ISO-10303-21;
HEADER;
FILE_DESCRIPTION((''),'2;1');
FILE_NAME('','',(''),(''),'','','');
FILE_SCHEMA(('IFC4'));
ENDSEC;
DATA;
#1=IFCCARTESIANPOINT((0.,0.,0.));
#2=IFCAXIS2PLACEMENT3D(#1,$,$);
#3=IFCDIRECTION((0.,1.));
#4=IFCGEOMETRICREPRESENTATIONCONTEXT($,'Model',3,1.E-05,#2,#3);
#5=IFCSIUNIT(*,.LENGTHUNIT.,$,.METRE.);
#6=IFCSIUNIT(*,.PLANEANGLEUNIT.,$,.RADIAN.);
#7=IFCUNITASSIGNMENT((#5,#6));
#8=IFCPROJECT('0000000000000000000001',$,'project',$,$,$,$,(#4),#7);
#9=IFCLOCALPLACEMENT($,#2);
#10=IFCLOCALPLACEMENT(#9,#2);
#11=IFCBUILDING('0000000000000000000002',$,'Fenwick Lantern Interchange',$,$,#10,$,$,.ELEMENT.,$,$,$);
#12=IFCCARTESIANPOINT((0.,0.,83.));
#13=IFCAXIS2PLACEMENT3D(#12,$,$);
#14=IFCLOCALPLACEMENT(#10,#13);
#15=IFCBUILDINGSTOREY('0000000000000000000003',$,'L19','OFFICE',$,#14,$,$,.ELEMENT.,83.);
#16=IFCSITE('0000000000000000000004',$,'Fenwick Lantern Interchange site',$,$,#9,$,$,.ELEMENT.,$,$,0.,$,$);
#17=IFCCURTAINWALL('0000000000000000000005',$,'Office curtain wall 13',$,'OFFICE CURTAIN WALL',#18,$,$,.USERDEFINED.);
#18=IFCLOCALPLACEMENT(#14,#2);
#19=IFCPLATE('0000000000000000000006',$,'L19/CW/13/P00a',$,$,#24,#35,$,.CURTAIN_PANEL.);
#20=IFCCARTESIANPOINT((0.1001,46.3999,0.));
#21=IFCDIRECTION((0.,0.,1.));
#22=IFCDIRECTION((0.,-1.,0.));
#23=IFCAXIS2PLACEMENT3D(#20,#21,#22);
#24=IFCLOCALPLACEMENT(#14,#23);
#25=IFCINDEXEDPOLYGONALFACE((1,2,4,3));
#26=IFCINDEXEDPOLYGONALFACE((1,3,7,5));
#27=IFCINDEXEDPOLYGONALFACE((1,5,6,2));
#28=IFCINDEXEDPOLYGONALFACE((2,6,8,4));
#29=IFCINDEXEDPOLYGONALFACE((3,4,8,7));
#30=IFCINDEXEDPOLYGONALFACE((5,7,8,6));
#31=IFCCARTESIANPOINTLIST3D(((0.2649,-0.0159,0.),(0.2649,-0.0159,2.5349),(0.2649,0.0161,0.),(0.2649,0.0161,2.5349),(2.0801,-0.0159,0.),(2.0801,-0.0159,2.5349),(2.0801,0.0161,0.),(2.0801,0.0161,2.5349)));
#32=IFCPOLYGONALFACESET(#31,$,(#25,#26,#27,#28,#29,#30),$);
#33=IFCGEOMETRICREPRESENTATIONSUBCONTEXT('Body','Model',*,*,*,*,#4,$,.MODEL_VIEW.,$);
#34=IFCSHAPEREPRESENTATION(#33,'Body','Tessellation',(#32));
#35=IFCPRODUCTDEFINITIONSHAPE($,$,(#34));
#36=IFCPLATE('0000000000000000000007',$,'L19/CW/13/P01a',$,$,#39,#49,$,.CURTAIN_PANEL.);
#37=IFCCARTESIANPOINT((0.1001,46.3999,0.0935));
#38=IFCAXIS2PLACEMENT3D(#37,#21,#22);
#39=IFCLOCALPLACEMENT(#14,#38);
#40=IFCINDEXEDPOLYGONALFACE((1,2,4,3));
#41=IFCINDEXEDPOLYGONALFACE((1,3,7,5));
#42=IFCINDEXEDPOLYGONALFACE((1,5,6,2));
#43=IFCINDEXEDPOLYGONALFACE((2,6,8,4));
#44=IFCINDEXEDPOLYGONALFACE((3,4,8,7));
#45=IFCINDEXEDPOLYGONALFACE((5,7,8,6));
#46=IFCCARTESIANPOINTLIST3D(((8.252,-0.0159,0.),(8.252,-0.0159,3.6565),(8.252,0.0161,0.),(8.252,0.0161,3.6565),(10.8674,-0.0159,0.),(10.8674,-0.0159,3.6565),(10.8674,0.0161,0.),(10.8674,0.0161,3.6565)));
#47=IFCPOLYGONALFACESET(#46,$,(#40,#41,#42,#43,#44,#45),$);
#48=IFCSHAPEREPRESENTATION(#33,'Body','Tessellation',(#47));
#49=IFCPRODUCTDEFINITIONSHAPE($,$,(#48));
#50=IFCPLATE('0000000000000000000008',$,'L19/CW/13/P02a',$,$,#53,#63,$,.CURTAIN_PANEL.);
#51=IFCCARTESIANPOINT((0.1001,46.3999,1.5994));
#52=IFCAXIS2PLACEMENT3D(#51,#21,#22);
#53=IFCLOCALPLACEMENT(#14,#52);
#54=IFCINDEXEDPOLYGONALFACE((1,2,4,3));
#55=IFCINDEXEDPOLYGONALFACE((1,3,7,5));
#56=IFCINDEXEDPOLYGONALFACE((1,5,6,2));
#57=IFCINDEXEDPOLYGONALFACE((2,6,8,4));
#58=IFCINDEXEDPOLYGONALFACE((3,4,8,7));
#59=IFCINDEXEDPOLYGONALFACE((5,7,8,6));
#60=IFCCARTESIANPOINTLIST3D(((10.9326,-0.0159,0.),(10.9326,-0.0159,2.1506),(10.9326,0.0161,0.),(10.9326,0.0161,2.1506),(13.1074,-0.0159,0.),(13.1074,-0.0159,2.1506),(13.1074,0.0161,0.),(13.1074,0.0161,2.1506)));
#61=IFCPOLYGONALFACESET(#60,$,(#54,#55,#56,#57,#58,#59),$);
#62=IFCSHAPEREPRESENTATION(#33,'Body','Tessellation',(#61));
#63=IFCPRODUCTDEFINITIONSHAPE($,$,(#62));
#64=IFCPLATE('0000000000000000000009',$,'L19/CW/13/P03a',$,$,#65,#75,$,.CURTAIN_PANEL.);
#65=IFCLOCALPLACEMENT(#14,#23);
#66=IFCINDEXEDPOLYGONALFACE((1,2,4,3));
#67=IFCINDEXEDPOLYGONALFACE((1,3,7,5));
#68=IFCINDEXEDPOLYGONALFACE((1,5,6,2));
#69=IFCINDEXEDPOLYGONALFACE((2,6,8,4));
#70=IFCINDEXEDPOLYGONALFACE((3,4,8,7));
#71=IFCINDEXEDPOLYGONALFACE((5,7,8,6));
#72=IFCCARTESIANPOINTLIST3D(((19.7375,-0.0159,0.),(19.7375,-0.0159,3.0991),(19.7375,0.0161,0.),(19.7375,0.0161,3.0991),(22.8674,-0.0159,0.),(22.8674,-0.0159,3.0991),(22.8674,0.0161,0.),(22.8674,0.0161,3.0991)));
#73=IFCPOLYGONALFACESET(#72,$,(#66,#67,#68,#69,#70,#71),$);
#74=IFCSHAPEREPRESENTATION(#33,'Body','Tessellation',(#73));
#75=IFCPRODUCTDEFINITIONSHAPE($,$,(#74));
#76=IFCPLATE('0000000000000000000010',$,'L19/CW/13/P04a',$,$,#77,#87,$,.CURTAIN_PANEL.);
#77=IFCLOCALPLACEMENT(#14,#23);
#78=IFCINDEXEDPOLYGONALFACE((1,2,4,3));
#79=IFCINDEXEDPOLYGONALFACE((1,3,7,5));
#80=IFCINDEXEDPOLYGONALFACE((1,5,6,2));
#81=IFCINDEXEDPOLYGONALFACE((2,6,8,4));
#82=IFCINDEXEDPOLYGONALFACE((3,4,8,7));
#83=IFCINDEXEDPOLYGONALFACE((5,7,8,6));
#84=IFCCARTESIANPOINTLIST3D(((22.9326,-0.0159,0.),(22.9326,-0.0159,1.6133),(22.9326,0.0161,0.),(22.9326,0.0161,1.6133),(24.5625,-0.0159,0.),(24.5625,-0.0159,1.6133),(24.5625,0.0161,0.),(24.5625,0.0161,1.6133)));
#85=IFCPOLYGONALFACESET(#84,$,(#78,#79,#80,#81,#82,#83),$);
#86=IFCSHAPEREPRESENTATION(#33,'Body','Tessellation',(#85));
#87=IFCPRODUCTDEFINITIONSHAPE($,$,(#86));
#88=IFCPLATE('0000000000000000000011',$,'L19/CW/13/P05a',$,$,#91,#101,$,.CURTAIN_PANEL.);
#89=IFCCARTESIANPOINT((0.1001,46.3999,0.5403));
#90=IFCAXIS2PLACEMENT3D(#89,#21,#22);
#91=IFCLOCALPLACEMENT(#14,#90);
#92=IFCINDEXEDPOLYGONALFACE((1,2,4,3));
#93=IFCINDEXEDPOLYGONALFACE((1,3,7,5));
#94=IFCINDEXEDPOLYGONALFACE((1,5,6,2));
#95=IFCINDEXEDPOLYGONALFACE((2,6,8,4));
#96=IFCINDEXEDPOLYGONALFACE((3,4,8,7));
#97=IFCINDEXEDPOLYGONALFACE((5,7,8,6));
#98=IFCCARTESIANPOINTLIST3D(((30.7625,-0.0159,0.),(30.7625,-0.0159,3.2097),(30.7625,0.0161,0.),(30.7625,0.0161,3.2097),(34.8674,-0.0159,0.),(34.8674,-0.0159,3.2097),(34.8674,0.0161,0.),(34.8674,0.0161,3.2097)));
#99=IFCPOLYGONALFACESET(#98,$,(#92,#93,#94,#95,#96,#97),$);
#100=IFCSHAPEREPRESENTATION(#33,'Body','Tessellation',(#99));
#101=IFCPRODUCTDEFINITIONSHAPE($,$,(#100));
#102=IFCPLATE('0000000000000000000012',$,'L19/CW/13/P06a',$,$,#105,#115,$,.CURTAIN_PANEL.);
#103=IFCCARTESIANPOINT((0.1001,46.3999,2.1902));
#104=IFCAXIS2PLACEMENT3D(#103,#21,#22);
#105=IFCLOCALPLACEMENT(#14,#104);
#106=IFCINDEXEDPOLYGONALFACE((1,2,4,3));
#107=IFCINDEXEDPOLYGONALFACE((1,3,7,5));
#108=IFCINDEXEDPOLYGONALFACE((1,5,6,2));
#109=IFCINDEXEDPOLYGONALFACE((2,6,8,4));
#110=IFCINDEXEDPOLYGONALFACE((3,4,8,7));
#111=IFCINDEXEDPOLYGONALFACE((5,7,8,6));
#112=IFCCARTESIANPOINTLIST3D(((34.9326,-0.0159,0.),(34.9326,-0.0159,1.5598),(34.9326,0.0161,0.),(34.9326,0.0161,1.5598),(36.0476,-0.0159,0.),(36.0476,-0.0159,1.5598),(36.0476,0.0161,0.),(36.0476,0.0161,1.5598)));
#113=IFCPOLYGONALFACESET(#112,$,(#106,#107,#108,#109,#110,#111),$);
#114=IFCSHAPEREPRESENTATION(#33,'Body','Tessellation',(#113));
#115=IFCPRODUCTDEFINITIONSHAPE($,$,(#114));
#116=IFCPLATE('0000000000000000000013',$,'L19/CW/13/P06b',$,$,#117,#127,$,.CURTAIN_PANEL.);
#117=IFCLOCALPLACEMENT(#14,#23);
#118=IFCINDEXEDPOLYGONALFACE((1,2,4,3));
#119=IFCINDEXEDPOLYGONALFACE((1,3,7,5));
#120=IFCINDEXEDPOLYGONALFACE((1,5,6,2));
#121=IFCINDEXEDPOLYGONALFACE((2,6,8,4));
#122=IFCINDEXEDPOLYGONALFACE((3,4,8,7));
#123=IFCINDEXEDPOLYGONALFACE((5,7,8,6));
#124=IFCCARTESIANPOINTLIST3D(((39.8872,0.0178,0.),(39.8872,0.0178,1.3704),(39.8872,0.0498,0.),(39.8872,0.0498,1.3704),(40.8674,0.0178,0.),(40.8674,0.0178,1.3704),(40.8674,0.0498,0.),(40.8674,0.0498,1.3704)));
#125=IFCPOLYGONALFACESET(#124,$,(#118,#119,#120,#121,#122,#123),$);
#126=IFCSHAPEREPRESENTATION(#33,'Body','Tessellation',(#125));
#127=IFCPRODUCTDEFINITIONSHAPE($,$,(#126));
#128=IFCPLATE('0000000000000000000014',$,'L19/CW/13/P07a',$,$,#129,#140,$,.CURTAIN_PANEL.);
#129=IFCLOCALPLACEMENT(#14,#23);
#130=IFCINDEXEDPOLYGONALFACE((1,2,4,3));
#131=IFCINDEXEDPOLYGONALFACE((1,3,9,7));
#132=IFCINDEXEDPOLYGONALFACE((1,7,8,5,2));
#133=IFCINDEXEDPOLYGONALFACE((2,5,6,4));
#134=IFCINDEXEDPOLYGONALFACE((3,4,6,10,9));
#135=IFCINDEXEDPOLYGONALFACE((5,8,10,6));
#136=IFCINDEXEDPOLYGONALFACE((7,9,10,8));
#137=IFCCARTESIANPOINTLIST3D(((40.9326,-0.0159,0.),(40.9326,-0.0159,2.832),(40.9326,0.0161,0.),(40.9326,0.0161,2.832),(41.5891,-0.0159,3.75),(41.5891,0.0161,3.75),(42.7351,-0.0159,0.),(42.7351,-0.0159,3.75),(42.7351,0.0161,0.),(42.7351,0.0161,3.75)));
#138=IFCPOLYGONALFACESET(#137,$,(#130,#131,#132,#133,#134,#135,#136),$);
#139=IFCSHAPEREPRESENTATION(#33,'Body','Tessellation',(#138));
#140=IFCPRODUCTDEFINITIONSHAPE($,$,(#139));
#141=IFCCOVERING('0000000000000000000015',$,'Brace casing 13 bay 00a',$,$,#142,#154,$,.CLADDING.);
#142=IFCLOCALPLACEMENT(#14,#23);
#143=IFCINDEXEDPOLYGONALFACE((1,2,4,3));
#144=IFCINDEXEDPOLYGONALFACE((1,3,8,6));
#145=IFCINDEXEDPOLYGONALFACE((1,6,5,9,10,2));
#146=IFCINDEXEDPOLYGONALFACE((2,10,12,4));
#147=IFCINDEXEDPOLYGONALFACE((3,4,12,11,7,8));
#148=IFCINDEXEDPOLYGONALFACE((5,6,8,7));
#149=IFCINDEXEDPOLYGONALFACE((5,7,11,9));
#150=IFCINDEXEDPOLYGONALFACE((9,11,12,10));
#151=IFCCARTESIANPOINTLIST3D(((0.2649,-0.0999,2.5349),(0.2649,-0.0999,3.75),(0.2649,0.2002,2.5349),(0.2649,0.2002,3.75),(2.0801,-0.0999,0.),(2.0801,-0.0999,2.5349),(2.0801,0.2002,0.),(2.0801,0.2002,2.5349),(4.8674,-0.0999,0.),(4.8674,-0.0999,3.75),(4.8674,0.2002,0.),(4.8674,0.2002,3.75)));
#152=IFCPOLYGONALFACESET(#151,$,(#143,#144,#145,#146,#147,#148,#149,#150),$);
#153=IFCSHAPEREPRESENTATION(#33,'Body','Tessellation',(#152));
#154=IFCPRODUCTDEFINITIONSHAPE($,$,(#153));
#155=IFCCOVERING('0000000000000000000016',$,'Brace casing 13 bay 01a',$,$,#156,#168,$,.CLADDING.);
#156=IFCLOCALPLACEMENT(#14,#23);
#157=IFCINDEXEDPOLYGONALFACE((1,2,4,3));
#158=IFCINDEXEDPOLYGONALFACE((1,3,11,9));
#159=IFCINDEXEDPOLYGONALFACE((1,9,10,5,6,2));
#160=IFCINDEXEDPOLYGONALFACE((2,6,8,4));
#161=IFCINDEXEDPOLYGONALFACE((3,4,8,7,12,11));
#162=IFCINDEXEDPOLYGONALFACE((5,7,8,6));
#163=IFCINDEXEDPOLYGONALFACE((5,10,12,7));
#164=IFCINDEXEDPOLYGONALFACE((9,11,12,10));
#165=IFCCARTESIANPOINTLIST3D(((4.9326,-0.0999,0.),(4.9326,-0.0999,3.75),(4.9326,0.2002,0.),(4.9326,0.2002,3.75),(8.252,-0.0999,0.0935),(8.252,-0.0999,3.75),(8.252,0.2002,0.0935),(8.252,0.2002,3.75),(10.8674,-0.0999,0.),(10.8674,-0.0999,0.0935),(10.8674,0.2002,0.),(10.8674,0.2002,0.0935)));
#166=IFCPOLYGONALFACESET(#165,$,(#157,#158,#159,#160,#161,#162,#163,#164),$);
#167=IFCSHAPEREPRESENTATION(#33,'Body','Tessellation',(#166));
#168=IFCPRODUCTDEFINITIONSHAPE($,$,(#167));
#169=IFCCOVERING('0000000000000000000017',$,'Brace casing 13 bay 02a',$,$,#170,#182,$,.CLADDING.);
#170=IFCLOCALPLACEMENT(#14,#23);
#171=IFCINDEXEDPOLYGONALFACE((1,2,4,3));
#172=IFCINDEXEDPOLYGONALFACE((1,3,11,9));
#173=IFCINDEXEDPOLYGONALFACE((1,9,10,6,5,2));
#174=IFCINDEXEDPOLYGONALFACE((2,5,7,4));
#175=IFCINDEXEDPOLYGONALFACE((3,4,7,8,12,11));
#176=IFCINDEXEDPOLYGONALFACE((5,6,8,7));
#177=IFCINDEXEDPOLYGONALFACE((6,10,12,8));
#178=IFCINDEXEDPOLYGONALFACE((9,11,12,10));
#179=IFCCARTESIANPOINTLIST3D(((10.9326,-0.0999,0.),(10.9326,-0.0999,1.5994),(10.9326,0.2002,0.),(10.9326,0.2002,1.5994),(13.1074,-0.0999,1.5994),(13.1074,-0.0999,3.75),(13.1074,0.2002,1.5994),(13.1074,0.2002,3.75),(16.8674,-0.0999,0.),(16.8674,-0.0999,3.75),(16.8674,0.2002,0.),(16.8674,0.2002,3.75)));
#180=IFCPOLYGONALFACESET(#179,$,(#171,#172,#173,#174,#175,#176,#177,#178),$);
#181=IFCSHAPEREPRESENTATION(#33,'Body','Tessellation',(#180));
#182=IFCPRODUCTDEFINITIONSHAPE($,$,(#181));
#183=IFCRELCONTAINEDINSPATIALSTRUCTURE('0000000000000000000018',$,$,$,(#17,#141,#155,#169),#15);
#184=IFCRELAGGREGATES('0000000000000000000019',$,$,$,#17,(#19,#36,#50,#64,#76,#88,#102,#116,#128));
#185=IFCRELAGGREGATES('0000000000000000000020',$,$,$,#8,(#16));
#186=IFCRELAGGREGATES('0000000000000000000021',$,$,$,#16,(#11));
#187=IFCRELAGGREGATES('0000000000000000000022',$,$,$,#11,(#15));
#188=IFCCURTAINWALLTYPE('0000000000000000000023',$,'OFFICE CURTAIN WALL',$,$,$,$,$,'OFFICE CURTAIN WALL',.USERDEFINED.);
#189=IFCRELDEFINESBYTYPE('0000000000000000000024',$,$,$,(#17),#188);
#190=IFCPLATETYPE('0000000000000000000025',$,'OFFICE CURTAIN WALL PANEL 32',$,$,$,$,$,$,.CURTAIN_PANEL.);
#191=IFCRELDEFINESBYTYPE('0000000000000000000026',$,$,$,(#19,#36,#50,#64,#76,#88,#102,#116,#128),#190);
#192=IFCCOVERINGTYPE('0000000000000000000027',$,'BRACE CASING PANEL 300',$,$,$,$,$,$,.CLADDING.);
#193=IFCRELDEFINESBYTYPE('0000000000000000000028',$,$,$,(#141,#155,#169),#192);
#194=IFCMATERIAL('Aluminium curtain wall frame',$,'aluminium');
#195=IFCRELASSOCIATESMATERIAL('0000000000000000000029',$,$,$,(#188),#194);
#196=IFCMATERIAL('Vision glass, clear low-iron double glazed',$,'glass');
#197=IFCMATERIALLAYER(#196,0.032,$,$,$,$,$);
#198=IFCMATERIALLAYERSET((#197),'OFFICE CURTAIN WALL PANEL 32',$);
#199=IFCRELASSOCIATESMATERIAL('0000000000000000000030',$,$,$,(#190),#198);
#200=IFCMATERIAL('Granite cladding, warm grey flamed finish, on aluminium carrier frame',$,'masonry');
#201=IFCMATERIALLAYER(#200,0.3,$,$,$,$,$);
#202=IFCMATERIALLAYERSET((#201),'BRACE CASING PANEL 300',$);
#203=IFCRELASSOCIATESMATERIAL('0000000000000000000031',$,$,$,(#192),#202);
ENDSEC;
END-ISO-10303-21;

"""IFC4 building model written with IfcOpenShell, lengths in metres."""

from ifc_helpers import new_model, si_unit, direction, frame, origin, place, context, subcontext, project, spatial, polyline, outline, extrude, material, layer, layer_set, type_object, element, aggregate, save


model = new_model("IFC4")

# Units and contexts
model_context = context("Model", 3, precision=1e-05, world=origin(), true_north=direction((0.0, 1.0)))
body_context = subcontext(model_context, "Body", "Model", "MODEL_VIEW")
ifc_project = project(units=[si_unit("LENGTHUNIT", "METRE"), si_unit("PLANEANGLEUNIT", "RADIAN")], contexts=[model_context])

# Site, building, storey
site_placement = place(None, origin())
site = spatial("IfcSite", under=ifc_project, at=site_placement, Name="Fenwick Lantern Interchange site", CompositionType="ELEMENT", RefElevation=0.0)
building_placement = place(site_placement, origin())
building = spatial("IfcBuilding", under=site, at=building_placement, Name="Fenwick Lantern Interchange", CompositionType="ELEMENT")
storey_placement = place(building_placement, frame((0.0, 0.0, 83.0)))
storey = spatial("IfcBuildingStorey", under=building, at=storey_placement, Name="L19", Description="OFFICE", CompositionType="ELEMENT", Elevation=83.0)

# Shared definitions
ifc_material_1 = material(Name="Aluminium curtain wall frame", Category="aluminium")
curtain_wall_type = type_object("IfcCurtainWallType", Name="OFFICE CURTAIN WALL", ElementType="OFFICE CURTAIN WALL", PredefinedType="USERDEFINED", material=ifc_material_1)

# Curtain wall
curtain_wall_1_placement = place(storey_placement, origin())
curtain_wall_1 = element("IfcCurtainWall", 1, at=curtain_wall_1_placement, inside=storey, type_object=curtain_wall_type, Name="Office curtain wall 13", ObjectType="OFFICE CURTAIN WALL", PredefinedType="USERDEFINED")

# Plates
ifc_material_2 = material(Name="Vision glass, clear low-iron double glazed", Category="glass")
ifc_layer_1 = layer(ifc_material_2, 0.032)
ifc_layer_set_1 = layer_set([ifc_layer_1], Name="OFFICE CURTAIN WALL PANEL 32")
plate_type = type_object("IfcPlateType", Name="OFFICE CURTAIN WALL PANEL 32", PredefinedType="CURTAIN_PANEL", material=ifc_layer_set_1)
plate_1_placement = place(storey_placement, frame((0.1001, 46.3999, 0.0), z_axis=(0.0, 0.0, 1.0), x_axis=(0.0, -1.0, 0.0)))
plate_1 = element("IfcPlate", 2, at=plate_1_placement, type_object=plate_type, Name="L19/CW/13/P00a", PredefinedType="CURTAIN_PANEL", context=body_context, shape_type="SweptSolid", body=[
    extrude(outline(polyline([(0.2649, 0.0), (2.0801, 0.0), (2.0801, 2.5349), (0.2649, 2.5349), (0.2649, 0.0)])), frame((0.0, 0.0161, 0.0), z_axis=(0.0, -1.0, 0.0), x_axis=(1.0, 0.0, 0.0)), (0.0, 0.0, 1.0), 0.032),
])
plate_2_placement = place(storey_placement, frame((0.1001, 46.3999, 0.0935), z_axis=(0.0, 0.0, 1.0), x_axis=(0.0, -1.0, 0.0)))
plate_2 = element("IfcPlate", 3, at=plate_2_placement, type_object=plate_type, Name="L19/CW/13/P01a", PredefinedType="CURTAIN_PANEL", context=body_context, shape_type="SweptSolid", body=[
    extrude(outline(polyline([(8.252, 0.0), (10.8674, 0.0), (10.8674, 3.6565), (8.252, 3.6565), (8.252, 0.0)])), frame((0.0, 0.0161, 0.0), z_axis=(0.0, -1.0, 0.0), x_axis=(1.0, 0.0, 0.0)), (0.0, 0.0, 1.0), 0.032),
])
plate_3_placement = place(storey_placement, frame((0.1001, 46.3999, 1.5994), z_axis=(0.0, 0.0, 1.0), x_axis=(0.0, -1.0, 0.0)))
plate_3 = element("IfcPlate", 4, at=plate_3_placement, type_object=plate_type, Name="L19/CW/13/P02a", PredefinedType="CURTAIN_PANEL", context=body_context, shape_type="SweptSolid", body=[
    extrude(outline(polyline([(10.9326, 0.0), (13.1074, 0.0), (13.1074, 2.1506), (10.9326, 2.1506), (10.9326, 0.0)])), frame((0.0, 0.0161, 0.0), z_axis=(0.0, -1.0, 0.0), x_axis=(1.0, 0.0, 0.0)), (0.0, 0.0, 1.0), 0.032),
])
plate_4_placement = place(storey_placement, frame((0.1001, 46.3999, 0.0), z_axis=(0.0, 0.0, 1.0), x_axis=(0.0, -1.0, 0.0)))
plate_4 = element("IfcPlate", 5, at=plate_4_placement, type_object=plate_type, Name="L19/CW/13/P03a", PredefinedType="CURTAIN_PANEL", context=body_context, shape_type="SweptSolid", body=[
    extrude(outline(polyline([(19.7375, 0.0), (22.8674, 0.0), (22.8674, 3.0991), (19.7375, 3.0991), (19.7375, 0.0)])), frame((0.0, 0.0161, 0.0), z_axis=(0.0, -1.0, 0.0), x_axis=(1.0, 0.0, 0.0)), (0.0, 0.0, 1.0), 0.032),
])
plate_5_placement = place(storey_placement, frame((0.1001, 46.3999, 0.0), z_axis=(0.0, 0.0, 1.0), x_axis=(0.0, -1.0, 0.0)))
plate_5 = element("IfcPlate", 6, at=plate_5_placement, type_object=plate_type, Name="L19/CW/13/P04a", PredefinedType="CURTAIN_PANEL", context=body_context, shape_type="SweptSolid", body=[
    extrude(outline(polyline([(22.9326, 0.0), (24.5625, 0.0), (24.5625, 1.6133), (22.9326, 1.6133), (22.9326, 0.0)])), frame((0.0, 0.0161, 0.0), z_axis=(0.0, -1.0, 0.0), x_axis=(1.0, 0.0, 0.0)), (0.0, 0.0, 1.0), 0.032),
])
plate_6_placement = place(storey_placement, frame((0.1001, 46.3999, 0.5403), z_axis=(0.0, 0.0, 1.0), x_axis=(0.0, -1.0, 0.0)))
plate_6 = element("IfcPlate", 7, at=plate_6_placement, type_object=plate_type, Name="L19/CW/13/P05a", PredefinedType="CURTAIN_PANEL", context=body_context, shape_type="SweptSolid", body=[
    extrude(outline(polyline([(30.7625, 0.0), (34.8674, 0.0), (34.8674, 3.2097), (30.7625, 3.2097), (30.7625, 0.0)])), frame((0.0, 0.0161, 0.0), z_axis=(0.0, -1.0, 0.0), x_axis=(1.0, 0.0, 0.0)), (0.0, 0.0, 1.0), 0.032),
])
plate_7_placement = place(storey_placement, frame((0.1001, 46.3999, 2.1902), z_axis=(0.0, 0.0, 1.0), x_axis=(0.0, -1.0, 0.0)))
plate_7 = element("IfcPlate", 8, at=plate_7_placement, type_object=plate_type, Name="L19/CW/13/P06a", PredefinedType="CURTAIN_PANEL", context=body_context, shape_type="SweptSolid", body=[
    extrude(outline(polyline([(34.9326, 0.0), (36.0476, 0.0), (36.0476, 1.5598), (34.9326, 1.5598), (34.9326, 0.0)])), frame((0.0, 0.0161, 0.0), z_axis=(0.0, -1.0, 0.0), x_axis=(1.0, 0.0, 0.0)), (0.0, 0.0, 1.0), 0.032),
])
plate_8_placement = place(storey_placement, frame((0.1001, 46.3999, 0.0), z_axis=(0.0, 0.0, 1.0), x_axis=(0.0, -1.0, 0.0)))
plate_8 = element("IfcPlate", 9, at=plate_8_placement, type_object=plate_type, Name="L19/CW/13/P06b", PredefinedType="CURTAIN_PANEL", context=body_context, shape_type="SweptSolid", body=[
    extrude(outline(polyline([(39.8872, 0.0), (40.8674, 0.0), (40.8674, 1.3704), (39.8872, 1.3704), (39.8872, 0.0)])), frame((0.0, 0.0498, 0.0), z_axis=(0.0, -1.0, 0.0), x_axis=(1.0, 0.0, 0.0)), (0.0, 0.0, 1.0), 0.032),
])
plate_9_placement = place(storey_placement, frame((0.1001, 46.3999, 0.0), z_axis=(0.0, 0.0, 1.0), x_axis=(0.0, -1.0, 0.0)))
plate_9 = element("IfcPlate", 10, at=plate_9_placement, type_object=plate_type, Name="L19/CW/13/P07a", PredefinedType="CURTAIN_PANEL", context=body_context, shape_type="SweptSolid", body=[
    extrude(outline(polyline([(40.9326, 0.0), (42.7351, 0.0), (42.7351, 3.75), (41.5891, 3.75), (40.9326, 2.832), (40.9326, 0.0)])), frame((0.0, 0.0161, 0.0), z_axis=(0.0, -1.0, 0.0), x_axis=(1.0, 0.0, 0.0)), (0.0, 0.0, 1.0), 0.032),
])
aggregate(curtain_wall_1, [plate_1, plate_2, plate_3, plate_4, plate_5, plate_6, plate_7, plate_8, plate_9])

# Coverings
ifc_material_3 = material(Name="Granite cladding, warm grey flamed finish, on aluminium carrier frame", Category="masonry")
ifc_layer_2 = layer(ifc_material_3, 0.3)
ifc_layer_set_2 = layer_set([ifc_layer_2], Name="BRACE CASING PANEL 300")
covering_type = type_object("IfcCoveringType", Name="BRACE CASING PANEL 300", PredefinedType="CLADDING", material=ifc_layer_set_2)
covering_1_placement = place(storey_placement, frame((0.1001, 46.3999, 0.0), z_axis=(0.0, 0.0, 1.0), x_axis=(0.0, -1.0, 0.0)))
element("IfcCovering", 11, at=covering_1_placement, inside=storey, type_object=covering_type, Name="Brace casing 13 bay 00a", PredefinedType="CLADDING", context=body_context, shape_type="SweptSolid", body=[
    extrude(outline(polyline([(2.0801, 0.0), (4.8674, 0.0), (4.8674, 3.75), (0.2649, 3.75), (0.2649, 2.5349), (2.0801, 2.5349), (2.0801, 0.0)])), frame((0.0, 0.2002, 0.0), z_axis=(0.0, -1.0, 0.0), x_axis=(1.0, 0.0, 0.0)), (0.0, 0.0, 1.0), 0.3),
])
covering_2_placement = place(storey_placement, frame((0.1001, 46.3999, 0.0), z_axis=(0.0, 0.0, 1.0), x_axis=(0.0, -1.0, 0.0)))
element("IfcCovering", 12, at=covering_2_placement, inside=storey, type_object=covering_type, Name="Brace casing 13 bay 01a", PredefinedType="CLADDING", context=body_context, shape_type="SweptSolid", body=[
    extrude(outline(polyline([(4.9326, 0.0), (10.8674, 0.0), (10.8674, 0.0935), (8.252, 0.0935), (8.252, 3.75), (4.9326, 3.75), (4.9326, 0.0)])), frame((0.0, 0.2002, 0.0), z_axis=(0.0, -1.0, 0.0), x_axis=(1.0, 0.0, 0.0)), (0.0, 0.0, 1.0), 0.3),
])
covering_3_placement = place(storey_placement, frame((0.1001, 46.3999, 0.0), z_axis=(0.0, 0.0, 1.0), x_axis=(0.0, -1.0, 0.0)))
element("IfcCovering", 13, at=covering_3_placement, inside=storey, type_object=covering_type, Name="Brace casing 13 bay 02a", PredefinedType="CLADDING", context=body_context, shape_type="SweptSolid", body=[
    extrude(outline(polyline([(10.9326, 0.0), (16.8674, 0.0), (16.8674, 3.75), (13.1074, 3.75), (13.1074, 1.5994), (10.9326, 1.5994), (10.9326, 0.0)])), frame((0.0, 0.2002, 0.0), z_axis=(0.0, -1.0, 0.0), x_axis=(1.0, 0.0, 0.0)), (0.0, 0.0, 1.0), 0.3),
])

save(model, "model.ifc")
